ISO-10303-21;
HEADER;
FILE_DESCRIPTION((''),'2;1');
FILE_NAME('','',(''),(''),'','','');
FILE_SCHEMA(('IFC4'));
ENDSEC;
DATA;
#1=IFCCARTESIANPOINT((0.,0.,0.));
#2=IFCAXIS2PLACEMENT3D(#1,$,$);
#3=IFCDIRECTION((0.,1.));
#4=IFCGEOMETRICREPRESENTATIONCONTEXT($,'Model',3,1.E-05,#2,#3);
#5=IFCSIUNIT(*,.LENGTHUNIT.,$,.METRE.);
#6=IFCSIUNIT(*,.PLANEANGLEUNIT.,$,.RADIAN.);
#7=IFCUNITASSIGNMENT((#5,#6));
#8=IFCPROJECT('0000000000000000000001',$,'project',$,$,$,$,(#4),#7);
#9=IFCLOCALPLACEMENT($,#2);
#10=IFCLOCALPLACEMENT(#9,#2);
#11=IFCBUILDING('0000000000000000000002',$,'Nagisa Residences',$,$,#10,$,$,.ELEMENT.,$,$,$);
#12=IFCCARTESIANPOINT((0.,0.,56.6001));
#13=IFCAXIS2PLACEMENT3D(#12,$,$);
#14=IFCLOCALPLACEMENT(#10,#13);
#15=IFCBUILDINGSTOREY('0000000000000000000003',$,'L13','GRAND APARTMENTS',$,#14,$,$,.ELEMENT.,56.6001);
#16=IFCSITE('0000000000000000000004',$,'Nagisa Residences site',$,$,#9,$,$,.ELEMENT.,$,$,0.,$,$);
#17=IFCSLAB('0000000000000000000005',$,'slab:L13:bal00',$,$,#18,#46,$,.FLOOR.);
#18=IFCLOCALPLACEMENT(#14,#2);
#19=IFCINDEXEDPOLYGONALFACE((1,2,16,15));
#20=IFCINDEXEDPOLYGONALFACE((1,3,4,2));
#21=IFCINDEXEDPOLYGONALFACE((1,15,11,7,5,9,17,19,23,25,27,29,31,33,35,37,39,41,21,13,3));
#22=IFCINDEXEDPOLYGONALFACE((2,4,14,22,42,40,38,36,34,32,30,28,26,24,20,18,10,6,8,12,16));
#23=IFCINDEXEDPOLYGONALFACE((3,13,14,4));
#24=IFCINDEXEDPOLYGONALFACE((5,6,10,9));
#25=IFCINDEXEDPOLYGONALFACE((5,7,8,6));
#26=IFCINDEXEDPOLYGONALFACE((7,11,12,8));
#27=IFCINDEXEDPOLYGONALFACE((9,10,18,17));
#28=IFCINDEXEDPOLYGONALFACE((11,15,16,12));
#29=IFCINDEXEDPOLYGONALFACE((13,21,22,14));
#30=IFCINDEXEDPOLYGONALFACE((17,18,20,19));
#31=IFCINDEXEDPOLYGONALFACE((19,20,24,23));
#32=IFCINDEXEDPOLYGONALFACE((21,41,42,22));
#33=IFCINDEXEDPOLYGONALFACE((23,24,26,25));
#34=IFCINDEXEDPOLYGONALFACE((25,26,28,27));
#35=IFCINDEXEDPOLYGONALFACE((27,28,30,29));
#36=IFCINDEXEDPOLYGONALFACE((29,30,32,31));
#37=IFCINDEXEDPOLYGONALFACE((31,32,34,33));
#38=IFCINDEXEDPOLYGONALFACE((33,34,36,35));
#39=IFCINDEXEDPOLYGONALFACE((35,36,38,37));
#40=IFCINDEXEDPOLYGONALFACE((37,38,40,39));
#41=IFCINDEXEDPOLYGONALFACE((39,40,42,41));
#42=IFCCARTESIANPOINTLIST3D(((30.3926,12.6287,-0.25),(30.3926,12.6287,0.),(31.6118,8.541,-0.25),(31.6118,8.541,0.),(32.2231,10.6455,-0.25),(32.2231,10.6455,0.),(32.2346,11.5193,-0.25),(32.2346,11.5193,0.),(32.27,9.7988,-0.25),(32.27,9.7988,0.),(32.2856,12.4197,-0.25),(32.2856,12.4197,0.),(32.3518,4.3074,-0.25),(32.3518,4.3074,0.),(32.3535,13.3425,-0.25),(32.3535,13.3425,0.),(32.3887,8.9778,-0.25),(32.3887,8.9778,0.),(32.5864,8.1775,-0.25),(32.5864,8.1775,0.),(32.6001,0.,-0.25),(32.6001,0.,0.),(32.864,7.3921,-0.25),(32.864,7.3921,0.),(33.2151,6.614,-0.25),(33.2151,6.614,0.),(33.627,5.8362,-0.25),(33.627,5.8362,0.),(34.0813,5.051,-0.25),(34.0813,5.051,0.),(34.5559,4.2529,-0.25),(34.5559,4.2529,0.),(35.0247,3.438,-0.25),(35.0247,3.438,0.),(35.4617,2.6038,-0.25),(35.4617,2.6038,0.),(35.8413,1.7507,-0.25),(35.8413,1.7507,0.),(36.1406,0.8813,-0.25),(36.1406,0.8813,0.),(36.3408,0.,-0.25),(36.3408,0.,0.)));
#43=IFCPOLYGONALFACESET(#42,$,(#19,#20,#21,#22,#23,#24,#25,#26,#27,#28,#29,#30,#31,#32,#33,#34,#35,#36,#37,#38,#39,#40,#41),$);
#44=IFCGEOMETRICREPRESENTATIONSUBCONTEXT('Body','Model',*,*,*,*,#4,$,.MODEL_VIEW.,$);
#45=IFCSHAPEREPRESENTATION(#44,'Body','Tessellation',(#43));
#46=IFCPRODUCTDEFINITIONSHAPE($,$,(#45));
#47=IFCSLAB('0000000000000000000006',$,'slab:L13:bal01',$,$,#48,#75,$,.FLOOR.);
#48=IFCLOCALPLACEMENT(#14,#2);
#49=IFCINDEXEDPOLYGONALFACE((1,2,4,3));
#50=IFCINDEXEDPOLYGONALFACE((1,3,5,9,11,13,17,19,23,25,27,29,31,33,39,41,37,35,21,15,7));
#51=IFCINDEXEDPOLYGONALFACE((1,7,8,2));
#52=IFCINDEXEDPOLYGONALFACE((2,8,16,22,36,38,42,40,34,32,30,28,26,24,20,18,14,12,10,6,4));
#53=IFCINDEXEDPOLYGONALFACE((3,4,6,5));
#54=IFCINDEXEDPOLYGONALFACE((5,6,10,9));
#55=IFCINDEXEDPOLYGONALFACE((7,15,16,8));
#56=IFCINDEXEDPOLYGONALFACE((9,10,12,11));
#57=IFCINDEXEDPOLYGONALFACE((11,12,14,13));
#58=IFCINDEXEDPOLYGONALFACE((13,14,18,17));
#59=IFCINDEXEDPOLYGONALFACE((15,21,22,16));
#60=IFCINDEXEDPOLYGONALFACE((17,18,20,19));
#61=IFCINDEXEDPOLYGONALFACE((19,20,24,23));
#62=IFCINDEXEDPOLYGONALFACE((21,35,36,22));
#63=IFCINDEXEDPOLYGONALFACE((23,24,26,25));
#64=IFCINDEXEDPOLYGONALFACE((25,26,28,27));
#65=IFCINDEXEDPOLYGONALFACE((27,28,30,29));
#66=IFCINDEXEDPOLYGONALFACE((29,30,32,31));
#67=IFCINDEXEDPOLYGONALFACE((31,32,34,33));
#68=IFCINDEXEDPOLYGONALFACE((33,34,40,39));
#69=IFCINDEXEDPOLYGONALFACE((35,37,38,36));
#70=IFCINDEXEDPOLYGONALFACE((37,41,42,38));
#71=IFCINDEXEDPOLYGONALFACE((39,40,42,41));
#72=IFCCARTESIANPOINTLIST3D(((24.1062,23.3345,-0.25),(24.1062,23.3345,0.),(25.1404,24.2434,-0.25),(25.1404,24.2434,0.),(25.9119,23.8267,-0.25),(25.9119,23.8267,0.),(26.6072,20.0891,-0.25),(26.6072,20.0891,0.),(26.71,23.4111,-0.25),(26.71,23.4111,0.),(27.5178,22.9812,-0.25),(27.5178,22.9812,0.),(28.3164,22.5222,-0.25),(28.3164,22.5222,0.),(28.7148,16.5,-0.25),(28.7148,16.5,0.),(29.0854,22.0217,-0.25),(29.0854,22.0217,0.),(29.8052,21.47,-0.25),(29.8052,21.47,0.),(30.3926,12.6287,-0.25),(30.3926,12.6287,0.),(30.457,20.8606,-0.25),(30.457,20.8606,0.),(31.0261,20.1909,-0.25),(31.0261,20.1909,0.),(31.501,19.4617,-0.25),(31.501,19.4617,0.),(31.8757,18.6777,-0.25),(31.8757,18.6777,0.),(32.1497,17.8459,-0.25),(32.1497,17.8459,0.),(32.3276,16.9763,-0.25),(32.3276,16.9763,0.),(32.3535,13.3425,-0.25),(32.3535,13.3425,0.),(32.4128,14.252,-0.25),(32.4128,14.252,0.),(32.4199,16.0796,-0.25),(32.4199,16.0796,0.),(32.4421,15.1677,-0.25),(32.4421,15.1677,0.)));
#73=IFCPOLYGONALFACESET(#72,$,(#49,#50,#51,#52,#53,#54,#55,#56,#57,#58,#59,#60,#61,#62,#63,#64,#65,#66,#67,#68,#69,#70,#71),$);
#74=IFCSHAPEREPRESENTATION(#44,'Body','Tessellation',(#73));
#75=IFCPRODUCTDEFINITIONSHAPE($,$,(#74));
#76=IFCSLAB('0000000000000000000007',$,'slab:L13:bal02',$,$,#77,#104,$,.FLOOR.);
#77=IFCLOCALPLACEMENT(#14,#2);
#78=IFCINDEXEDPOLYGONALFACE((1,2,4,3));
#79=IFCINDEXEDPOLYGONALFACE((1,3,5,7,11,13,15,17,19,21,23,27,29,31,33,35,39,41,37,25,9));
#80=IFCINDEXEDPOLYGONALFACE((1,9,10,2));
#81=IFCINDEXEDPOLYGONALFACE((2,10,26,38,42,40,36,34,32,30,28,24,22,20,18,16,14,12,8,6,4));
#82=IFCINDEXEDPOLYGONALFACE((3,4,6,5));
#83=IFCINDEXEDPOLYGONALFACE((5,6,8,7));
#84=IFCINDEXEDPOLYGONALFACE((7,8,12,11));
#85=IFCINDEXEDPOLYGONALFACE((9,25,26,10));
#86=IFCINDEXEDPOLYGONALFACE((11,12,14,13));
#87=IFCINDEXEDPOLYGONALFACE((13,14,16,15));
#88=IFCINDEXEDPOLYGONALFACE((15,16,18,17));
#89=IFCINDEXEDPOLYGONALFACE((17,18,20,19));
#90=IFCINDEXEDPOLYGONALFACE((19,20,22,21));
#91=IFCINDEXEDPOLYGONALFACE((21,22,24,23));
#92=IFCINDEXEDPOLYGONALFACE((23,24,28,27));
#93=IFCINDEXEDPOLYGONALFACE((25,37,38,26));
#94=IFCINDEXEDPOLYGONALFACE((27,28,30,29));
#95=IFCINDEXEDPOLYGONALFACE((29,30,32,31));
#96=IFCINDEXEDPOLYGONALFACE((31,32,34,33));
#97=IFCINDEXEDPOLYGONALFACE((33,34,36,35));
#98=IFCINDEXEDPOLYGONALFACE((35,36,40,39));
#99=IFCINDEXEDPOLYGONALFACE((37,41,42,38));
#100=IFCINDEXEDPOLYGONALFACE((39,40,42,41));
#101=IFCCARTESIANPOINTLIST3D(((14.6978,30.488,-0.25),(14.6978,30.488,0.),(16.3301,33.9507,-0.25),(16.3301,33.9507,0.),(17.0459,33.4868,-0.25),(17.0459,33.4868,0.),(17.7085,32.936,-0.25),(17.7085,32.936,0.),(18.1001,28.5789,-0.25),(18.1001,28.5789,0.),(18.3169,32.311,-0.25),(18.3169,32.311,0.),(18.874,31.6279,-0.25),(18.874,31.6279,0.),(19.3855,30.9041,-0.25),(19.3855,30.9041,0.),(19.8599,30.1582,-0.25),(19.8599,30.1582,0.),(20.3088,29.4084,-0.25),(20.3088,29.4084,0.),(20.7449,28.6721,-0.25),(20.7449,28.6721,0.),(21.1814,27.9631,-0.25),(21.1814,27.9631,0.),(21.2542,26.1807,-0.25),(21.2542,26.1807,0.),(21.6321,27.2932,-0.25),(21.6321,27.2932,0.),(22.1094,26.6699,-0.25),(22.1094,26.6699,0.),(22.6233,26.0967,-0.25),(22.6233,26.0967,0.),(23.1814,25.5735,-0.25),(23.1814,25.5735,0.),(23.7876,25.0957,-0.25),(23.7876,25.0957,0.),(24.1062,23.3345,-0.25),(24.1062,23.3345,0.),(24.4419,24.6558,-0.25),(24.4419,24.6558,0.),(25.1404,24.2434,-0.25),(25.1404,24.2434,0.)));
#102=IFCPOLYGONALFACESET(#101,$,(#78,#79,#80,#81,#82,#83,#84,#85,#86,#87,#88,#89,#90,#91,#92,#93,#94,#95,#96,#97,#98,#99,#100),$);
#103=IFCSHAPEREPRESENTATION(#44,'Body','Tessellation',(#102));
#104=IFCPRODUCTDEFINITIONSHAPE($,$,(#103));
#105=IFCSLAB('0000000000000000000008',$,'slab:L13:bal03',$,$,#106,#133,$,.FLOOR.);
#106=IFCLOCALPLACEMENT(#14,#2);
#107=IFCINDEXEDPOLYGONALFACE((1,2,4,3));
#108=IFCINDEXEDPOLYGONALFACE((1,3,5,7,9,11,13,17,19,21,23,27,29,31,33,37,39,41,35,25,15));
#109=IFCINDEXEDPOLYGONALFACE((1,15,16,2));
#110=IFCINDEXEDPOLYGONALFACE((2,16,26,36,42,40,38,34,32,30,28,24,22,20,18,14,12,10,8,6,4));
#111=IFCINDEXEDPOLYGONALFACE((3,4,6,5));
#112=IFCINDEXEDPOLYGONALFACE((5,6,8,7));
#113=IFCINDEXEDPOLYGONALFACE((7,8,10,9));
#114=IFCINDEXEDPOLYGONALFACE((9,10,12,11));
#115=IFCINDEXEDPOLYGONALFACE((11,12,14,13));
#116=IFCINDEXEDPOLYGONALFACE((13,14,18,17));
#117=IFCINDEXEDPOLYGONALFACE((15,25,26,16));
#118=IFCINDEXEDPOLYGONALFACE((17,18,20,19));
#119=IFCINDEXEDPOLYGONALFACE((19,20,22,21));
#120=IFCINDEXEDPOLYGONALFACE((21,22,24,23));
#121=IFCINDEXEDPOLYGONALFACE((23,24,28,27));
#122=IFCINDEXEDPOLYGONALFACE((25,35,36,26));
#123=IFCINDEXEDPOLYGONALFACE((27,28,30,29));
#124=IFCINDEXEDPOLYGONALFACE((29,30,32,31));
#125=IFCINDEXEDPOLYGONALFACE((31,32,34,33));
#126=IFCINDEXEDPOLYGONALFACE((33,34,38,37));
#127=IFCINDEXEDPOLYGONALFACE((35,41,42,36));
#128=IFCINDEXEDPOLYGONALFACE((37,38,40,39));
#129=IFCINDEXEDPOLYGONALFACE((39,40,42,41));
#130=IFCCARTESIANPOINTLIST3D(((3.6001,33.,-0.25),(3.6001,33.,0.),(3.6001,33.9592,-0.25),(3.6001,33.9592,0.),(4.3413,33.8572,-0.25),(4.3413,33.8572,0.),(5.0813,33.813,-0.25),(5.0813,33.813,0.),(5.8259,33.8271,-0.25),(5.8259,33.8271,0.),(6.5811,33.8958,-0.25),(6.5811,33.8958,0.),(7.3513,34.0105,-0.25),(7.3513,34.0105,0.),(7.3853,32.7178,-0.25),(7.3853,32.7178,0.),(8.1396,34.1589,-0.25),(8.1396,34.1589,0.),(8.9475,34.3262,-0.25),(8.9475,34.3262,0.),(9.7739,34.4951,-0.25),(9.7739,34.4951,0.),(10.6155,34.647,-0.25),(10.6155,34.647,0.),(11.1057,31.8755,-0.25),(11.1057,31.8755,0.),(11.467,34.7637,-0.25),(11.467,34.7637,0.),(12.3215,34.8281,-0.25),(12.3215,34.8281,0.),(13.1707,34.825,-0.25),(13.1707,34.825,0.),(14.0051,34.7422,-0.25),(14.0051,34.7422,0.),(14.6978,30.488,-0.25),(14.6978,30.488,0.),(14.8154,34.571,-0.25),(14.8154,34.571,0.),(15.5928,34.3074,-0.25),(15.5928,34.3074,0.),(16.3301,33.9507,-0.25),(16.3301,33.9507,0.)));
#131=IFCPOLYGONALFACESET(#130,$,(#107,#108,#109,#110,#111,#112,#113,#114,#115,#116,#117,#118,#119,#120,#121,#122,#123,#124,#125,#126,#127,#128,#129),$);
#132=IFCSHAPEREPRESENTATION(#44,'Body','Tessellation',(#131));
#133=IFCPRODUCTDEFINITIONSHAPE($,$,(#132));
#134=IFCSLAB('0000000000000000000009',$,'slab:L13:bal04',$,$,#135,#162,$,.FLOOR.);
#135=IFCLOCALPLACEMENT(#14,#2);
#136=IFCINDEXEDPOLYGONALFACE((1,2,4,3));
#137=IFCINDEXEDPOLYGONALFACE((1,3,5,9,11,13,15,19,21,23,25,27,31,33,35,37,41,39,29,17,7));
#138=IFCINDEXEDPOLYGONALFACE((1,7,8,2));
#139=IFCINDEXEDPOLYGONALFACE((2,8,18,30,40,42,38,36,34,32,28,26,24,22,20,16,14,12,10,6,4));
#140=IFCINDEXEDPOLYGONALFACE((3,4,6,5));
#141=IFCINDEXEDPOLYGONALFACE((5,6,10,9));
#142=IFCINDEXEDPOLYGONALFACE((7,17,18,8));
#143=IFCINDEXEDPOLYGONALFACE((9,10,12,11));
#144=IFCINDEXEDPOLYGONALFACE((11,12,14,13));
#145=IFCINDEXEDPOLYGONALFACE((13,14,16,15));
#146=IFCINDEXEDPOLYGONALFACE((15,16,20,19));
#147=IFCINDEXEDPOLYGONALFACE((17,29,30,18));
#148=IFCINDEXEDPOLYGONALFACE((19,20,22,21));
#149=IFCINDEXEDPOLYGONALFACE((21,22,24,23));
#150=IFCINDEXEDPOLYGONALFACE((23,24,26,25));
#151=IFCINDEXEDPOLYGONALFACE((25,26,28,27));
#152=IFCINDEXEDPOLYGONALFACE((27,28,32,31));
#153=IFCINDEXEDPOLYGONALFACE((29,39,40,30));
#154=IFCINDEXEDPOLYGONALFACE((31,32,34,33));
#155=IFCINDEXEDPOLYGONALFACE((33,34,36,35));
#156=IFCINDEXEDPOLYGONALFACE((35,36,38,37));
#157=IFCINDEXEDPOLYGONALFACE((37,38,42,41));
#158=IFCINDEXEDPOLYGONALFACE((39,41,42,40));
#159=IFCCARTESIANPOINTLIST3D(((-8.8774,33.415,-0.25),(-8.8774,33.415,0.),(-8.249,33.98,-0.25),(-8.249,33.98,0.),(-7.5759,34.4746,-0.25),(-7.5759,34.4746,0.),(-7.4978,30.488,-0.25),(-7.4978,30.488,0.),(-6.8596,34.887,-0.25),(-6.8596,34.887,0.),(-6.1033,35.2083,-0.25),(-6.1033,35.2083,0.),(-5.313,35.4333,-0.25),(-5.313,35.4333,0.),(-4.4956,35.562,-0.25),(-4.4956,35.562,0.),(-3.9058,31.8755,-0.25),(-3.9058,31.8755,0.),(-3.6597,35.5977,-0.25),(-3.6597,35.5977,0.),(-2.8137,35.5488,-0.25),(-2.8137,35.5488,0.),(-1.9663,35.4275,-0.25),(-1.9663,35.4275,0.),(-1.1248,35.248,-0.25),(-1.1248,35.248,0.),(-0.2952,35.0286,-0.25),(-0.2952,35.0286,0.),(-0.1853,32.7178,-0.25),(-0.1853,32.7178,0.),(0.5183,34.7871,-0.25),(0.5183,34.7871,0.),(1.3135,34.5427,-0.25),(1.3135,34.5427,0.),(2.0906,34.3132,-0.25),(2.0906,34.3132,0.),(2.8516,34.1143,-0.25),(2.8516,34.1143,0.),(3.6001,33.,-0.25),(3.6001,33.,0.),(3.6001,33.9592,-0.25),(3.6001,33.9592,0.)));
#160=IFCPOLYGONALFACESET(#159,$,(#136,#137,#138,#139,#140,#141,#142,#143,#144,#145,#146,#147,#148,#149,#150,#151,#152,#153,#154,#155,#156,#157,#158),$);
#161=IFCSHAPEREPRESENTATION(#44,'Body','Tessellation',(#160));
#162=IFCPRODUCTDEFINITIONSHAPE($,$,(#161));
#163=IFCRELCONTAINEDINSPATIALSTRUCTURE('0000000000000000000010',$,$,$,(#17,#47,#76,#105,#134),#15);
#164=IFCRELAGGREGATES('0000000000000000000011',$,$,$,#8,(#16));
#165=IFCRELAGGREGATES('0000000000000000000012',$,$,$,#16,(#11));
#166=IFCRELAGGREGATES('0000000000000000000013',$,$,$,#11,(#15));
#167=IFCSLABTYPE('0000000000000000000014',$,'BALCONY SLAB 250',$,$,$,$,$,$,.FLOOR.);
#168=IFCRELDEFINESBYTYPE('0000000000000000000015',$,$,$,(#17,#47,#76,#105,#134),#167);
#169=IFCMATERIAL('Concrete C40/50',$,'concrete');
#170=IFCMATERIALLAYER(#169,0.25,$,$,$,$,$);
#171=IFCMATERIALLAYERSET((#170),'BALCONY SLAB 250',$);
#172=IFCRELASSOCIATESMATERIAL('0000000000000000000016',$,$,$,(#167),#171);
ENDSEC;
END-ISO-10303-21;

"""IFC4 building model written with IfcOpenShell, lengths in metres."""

from ifc_helpers import new_model, si_unit, direction, frame, origin, place, context, subcontext, project, spatial, polyline, outline, extrude, material, layer, layer_set, type_object, element, save


model = new_model("IFC4")

# Units and contexts
model_context = context("Model", 3, precision=1e-05, world=origin(), true_north=direction((0.0, 1.0)))
body_context = subcontext(model_context, "Body", "Model", "MODEL_VIEW")
ifc_project = project(units=[si_unit("LENGTHUNIT", "METRE"), si_unit("PLANEANGLEUNIT", "RADIAN")], contexts=[model_context])

# Site, building, storey
site_placement = place(None, origin())
site = spatial("IfcSite", under=ifc_project, at=site_placement, Name="Nagisa Residences site", CompositionType="ELEMENT", RefElevation=0.0)
building_placement = place(site_placement, origin())
building = spatial("IfcBuilding", under=site, at=building_placement, Name="Nagisa Residences", CompositionType="ELEMENT")
storey_placement = place(building_placement, frame((0.0, 0.0, 56.6001)))
storey = spatial("IfcBuildingStorey", under=building, at=storey_placement, Name="L13", Description="GRAND APARTMENTS", CompositionType="ELEMENT", Elevation=56.6001)

# Slabs
ifc_material_1 = material(Name="Concrete C40/50", Category="concrete")
ifc_layer_1 = layer(ifc_material_1, 0.25)
ifc_layer_set_1 = layer_set([ifc_layer_1], Name="BALCONY SLAB 250")
slab_type_1 = type_object("IfcSlabType", Name="BALCONY SLAB 250", PredefinedType="FLOOR", material=ifc_layer_set_1)
slab_1_placement = place(storey_placement, frame((0.0, 0.0, -0.25)))
element("IfcSlab", 1, at=slab_1_placement, inside=storey, type_object=slab_type_1, Name="slab:L13:bal00", PredefinedType="FLOOR", context=body_context, shape_type="SweptSolid", body=[
    extrude(outline(polyline([(36.3408, 0.0), (36.1406, 0.8813), (35.8413, 1.7507), (35.4617, 2.6038), (35.0247, 3.438), (34.5559, 4.2529), (34.0813, 5.051), (33.627, 5.8362), (33.2151, 6.614), (32.864, 7.3921), (32.5864, 8.1775), (32.3887, 8.9778), (32.27, 9.7988), (32.2231, 10.6455), (32.2346, 11.5193), (32.2856, 12.4197), (32.3535, 13.3425), (30.3926, 12.6287), (31.6118, 8.541), (32.3518, 4.3074), (32.6001, 0.0), (36.3408, 0.0)])), origin(), (0.0, 0.0, 1.0), 0.25),
])
slab_2_placement = place(storey_placement, frame((0.0, 0.0, -0.25)))
element("IfcSlab", 2, at=slab_2_placement, inside=storey, type_object=slab_type_1, Name="slab:L13:bal01", PredefinedType="FLOOR", context=body_context, shape_type="SweptSolid", body=[
    extrude(outline(polyline([(32.3535, 13.3425), (32.4128, 14.252), (32.4421, 15.1677), (32.4199, 16.0796), (32.3276, 16.9763), (32.1497, 17.8459), (31.8757, 18.6777), (31.501, 19.4617), (31.0261, 20.1909), (30.457, 20.8606), (29.8052, 21.47), (29.0854, 22.0217), (28.3164, 22.5222), (27.5178, 22.9812), (26.71, 23.4111), (25.9119, 23.8267), (25.1404, 24.2434), (24.1062, 23.3345), (26.6072, 20.0891), (28.7148, 16.5), (30.3926, 12.6287), (32.3535, 13.3425)])), origin(), (0.0, 0.0, 1.0), 0.25),
])
slab_3_placement = place(storey_placement, frame((0.0, 0.0, -0.25)))
element("IfcSlab", 3, at=slab_3_placement, inside=storey, type_object=slab_type_1, Name="slab:L13:bal02", PredefinedType="FLOOR", context=body_context, shape_type="SweptSolid", body=[
    extrude(outline(polyline([(25.1404, 24.2434), (24.4419, 24.6558), (23.7876, 25.0957), (23.1814, 25.5735), (22.6233, 26.0967), (22.1094, 26.6699), (21.6321, 27.2932), (21.1814, 27.9631), (20.7449, 28.6721), (20.3088, 29.4084), (19.8599, 30.1582), (19.3855, 30.9041), (18.874, 31.6279), (18.3169, 32.311), (17.7085, 32.936), (17.0459, 33.4868), (16.3301, 33.9507), (14.6978, 30.488), (18.1001, 28.5789), (21.2542, 26.1807), (24.1062, 23.3345), (25.1404, 24.2434)])), origin(), (0.0, 0.0, 1.0), 0.25),
])
slab_4_placement = place(storey_placement, frame((0.0, 0.0, -0.25)))
element("IfcSlab", 4, at=slab_4_placement, inside=storey, type_object=slab_type_1, Name="slab:L13:bal03", PredefinedType="FLOOR", context=body_context, shape_type="SweptSolid", body=[
    extrude(outline(polyline([(16.3301, 33.9507), (15.5928, 34.3074), (14.8154, 34.571), (14.0051, 34.7422), (13.1707, 34.825), (12.3215, 34.8281), (11.467, 34.7637), (10.6155, 34.647), (9.7739, 34.4951), (8.9475, 34.3262), (8.1396, 34.1589), (7.3513, 34.0105), (6.5811, 33.8958), (5.8259, 33.8271), (5.0813, 33.813), (4.3413, 33.8572), (3.6001, 33.9592), (3.6001, 33.0), (7.3853, 32.7178), (11.1057, 31.8755), (14.6978, 30.488), (16.3301, 33.9507)])), origin(), (0.0, 0.0, 1.0), 0.25),
])
slab_5_placement = place(storey_placement, frame((0.0, 0.0, -0.25)))
element("IfcSlab", 5, at=slab_5_placement, inside=storey, type_object=slab_type_1, Name="slab:L13:bal04", PredefinedType="FLOOR", context=body_context, shape_type="SweptSolid", body=[
    extrude(outline(polyline([(3.6001, 33.9592), (2.8516, 34.1143), (2.0906, 34.3132), (1.3135, 34.5427), (0.5183, 34.7871), (-0.2952, 35.0286), (-1.1248, 35.248), (-1.9663, 35.4275), (-2.8137, 35.5488), (-3.6597, 35.5977), (-4.4956, 35.562), (-5.313, 35.4333), (-6.1033, 35.2083), (-6.8596, 34.887), (-7.5759, 34.4746), (-8.249, 33.98), (-8.8774, 33.415), (-7.4978, 30.488), (-3.9058, 31.8755), (-0.1853, 32.7178), (3.6001, 33.0), (3.6001, 33.9592)])), origin(), (0.0, 0.0, 1.0), 0.25),
])

save(model, "model.ifc")
